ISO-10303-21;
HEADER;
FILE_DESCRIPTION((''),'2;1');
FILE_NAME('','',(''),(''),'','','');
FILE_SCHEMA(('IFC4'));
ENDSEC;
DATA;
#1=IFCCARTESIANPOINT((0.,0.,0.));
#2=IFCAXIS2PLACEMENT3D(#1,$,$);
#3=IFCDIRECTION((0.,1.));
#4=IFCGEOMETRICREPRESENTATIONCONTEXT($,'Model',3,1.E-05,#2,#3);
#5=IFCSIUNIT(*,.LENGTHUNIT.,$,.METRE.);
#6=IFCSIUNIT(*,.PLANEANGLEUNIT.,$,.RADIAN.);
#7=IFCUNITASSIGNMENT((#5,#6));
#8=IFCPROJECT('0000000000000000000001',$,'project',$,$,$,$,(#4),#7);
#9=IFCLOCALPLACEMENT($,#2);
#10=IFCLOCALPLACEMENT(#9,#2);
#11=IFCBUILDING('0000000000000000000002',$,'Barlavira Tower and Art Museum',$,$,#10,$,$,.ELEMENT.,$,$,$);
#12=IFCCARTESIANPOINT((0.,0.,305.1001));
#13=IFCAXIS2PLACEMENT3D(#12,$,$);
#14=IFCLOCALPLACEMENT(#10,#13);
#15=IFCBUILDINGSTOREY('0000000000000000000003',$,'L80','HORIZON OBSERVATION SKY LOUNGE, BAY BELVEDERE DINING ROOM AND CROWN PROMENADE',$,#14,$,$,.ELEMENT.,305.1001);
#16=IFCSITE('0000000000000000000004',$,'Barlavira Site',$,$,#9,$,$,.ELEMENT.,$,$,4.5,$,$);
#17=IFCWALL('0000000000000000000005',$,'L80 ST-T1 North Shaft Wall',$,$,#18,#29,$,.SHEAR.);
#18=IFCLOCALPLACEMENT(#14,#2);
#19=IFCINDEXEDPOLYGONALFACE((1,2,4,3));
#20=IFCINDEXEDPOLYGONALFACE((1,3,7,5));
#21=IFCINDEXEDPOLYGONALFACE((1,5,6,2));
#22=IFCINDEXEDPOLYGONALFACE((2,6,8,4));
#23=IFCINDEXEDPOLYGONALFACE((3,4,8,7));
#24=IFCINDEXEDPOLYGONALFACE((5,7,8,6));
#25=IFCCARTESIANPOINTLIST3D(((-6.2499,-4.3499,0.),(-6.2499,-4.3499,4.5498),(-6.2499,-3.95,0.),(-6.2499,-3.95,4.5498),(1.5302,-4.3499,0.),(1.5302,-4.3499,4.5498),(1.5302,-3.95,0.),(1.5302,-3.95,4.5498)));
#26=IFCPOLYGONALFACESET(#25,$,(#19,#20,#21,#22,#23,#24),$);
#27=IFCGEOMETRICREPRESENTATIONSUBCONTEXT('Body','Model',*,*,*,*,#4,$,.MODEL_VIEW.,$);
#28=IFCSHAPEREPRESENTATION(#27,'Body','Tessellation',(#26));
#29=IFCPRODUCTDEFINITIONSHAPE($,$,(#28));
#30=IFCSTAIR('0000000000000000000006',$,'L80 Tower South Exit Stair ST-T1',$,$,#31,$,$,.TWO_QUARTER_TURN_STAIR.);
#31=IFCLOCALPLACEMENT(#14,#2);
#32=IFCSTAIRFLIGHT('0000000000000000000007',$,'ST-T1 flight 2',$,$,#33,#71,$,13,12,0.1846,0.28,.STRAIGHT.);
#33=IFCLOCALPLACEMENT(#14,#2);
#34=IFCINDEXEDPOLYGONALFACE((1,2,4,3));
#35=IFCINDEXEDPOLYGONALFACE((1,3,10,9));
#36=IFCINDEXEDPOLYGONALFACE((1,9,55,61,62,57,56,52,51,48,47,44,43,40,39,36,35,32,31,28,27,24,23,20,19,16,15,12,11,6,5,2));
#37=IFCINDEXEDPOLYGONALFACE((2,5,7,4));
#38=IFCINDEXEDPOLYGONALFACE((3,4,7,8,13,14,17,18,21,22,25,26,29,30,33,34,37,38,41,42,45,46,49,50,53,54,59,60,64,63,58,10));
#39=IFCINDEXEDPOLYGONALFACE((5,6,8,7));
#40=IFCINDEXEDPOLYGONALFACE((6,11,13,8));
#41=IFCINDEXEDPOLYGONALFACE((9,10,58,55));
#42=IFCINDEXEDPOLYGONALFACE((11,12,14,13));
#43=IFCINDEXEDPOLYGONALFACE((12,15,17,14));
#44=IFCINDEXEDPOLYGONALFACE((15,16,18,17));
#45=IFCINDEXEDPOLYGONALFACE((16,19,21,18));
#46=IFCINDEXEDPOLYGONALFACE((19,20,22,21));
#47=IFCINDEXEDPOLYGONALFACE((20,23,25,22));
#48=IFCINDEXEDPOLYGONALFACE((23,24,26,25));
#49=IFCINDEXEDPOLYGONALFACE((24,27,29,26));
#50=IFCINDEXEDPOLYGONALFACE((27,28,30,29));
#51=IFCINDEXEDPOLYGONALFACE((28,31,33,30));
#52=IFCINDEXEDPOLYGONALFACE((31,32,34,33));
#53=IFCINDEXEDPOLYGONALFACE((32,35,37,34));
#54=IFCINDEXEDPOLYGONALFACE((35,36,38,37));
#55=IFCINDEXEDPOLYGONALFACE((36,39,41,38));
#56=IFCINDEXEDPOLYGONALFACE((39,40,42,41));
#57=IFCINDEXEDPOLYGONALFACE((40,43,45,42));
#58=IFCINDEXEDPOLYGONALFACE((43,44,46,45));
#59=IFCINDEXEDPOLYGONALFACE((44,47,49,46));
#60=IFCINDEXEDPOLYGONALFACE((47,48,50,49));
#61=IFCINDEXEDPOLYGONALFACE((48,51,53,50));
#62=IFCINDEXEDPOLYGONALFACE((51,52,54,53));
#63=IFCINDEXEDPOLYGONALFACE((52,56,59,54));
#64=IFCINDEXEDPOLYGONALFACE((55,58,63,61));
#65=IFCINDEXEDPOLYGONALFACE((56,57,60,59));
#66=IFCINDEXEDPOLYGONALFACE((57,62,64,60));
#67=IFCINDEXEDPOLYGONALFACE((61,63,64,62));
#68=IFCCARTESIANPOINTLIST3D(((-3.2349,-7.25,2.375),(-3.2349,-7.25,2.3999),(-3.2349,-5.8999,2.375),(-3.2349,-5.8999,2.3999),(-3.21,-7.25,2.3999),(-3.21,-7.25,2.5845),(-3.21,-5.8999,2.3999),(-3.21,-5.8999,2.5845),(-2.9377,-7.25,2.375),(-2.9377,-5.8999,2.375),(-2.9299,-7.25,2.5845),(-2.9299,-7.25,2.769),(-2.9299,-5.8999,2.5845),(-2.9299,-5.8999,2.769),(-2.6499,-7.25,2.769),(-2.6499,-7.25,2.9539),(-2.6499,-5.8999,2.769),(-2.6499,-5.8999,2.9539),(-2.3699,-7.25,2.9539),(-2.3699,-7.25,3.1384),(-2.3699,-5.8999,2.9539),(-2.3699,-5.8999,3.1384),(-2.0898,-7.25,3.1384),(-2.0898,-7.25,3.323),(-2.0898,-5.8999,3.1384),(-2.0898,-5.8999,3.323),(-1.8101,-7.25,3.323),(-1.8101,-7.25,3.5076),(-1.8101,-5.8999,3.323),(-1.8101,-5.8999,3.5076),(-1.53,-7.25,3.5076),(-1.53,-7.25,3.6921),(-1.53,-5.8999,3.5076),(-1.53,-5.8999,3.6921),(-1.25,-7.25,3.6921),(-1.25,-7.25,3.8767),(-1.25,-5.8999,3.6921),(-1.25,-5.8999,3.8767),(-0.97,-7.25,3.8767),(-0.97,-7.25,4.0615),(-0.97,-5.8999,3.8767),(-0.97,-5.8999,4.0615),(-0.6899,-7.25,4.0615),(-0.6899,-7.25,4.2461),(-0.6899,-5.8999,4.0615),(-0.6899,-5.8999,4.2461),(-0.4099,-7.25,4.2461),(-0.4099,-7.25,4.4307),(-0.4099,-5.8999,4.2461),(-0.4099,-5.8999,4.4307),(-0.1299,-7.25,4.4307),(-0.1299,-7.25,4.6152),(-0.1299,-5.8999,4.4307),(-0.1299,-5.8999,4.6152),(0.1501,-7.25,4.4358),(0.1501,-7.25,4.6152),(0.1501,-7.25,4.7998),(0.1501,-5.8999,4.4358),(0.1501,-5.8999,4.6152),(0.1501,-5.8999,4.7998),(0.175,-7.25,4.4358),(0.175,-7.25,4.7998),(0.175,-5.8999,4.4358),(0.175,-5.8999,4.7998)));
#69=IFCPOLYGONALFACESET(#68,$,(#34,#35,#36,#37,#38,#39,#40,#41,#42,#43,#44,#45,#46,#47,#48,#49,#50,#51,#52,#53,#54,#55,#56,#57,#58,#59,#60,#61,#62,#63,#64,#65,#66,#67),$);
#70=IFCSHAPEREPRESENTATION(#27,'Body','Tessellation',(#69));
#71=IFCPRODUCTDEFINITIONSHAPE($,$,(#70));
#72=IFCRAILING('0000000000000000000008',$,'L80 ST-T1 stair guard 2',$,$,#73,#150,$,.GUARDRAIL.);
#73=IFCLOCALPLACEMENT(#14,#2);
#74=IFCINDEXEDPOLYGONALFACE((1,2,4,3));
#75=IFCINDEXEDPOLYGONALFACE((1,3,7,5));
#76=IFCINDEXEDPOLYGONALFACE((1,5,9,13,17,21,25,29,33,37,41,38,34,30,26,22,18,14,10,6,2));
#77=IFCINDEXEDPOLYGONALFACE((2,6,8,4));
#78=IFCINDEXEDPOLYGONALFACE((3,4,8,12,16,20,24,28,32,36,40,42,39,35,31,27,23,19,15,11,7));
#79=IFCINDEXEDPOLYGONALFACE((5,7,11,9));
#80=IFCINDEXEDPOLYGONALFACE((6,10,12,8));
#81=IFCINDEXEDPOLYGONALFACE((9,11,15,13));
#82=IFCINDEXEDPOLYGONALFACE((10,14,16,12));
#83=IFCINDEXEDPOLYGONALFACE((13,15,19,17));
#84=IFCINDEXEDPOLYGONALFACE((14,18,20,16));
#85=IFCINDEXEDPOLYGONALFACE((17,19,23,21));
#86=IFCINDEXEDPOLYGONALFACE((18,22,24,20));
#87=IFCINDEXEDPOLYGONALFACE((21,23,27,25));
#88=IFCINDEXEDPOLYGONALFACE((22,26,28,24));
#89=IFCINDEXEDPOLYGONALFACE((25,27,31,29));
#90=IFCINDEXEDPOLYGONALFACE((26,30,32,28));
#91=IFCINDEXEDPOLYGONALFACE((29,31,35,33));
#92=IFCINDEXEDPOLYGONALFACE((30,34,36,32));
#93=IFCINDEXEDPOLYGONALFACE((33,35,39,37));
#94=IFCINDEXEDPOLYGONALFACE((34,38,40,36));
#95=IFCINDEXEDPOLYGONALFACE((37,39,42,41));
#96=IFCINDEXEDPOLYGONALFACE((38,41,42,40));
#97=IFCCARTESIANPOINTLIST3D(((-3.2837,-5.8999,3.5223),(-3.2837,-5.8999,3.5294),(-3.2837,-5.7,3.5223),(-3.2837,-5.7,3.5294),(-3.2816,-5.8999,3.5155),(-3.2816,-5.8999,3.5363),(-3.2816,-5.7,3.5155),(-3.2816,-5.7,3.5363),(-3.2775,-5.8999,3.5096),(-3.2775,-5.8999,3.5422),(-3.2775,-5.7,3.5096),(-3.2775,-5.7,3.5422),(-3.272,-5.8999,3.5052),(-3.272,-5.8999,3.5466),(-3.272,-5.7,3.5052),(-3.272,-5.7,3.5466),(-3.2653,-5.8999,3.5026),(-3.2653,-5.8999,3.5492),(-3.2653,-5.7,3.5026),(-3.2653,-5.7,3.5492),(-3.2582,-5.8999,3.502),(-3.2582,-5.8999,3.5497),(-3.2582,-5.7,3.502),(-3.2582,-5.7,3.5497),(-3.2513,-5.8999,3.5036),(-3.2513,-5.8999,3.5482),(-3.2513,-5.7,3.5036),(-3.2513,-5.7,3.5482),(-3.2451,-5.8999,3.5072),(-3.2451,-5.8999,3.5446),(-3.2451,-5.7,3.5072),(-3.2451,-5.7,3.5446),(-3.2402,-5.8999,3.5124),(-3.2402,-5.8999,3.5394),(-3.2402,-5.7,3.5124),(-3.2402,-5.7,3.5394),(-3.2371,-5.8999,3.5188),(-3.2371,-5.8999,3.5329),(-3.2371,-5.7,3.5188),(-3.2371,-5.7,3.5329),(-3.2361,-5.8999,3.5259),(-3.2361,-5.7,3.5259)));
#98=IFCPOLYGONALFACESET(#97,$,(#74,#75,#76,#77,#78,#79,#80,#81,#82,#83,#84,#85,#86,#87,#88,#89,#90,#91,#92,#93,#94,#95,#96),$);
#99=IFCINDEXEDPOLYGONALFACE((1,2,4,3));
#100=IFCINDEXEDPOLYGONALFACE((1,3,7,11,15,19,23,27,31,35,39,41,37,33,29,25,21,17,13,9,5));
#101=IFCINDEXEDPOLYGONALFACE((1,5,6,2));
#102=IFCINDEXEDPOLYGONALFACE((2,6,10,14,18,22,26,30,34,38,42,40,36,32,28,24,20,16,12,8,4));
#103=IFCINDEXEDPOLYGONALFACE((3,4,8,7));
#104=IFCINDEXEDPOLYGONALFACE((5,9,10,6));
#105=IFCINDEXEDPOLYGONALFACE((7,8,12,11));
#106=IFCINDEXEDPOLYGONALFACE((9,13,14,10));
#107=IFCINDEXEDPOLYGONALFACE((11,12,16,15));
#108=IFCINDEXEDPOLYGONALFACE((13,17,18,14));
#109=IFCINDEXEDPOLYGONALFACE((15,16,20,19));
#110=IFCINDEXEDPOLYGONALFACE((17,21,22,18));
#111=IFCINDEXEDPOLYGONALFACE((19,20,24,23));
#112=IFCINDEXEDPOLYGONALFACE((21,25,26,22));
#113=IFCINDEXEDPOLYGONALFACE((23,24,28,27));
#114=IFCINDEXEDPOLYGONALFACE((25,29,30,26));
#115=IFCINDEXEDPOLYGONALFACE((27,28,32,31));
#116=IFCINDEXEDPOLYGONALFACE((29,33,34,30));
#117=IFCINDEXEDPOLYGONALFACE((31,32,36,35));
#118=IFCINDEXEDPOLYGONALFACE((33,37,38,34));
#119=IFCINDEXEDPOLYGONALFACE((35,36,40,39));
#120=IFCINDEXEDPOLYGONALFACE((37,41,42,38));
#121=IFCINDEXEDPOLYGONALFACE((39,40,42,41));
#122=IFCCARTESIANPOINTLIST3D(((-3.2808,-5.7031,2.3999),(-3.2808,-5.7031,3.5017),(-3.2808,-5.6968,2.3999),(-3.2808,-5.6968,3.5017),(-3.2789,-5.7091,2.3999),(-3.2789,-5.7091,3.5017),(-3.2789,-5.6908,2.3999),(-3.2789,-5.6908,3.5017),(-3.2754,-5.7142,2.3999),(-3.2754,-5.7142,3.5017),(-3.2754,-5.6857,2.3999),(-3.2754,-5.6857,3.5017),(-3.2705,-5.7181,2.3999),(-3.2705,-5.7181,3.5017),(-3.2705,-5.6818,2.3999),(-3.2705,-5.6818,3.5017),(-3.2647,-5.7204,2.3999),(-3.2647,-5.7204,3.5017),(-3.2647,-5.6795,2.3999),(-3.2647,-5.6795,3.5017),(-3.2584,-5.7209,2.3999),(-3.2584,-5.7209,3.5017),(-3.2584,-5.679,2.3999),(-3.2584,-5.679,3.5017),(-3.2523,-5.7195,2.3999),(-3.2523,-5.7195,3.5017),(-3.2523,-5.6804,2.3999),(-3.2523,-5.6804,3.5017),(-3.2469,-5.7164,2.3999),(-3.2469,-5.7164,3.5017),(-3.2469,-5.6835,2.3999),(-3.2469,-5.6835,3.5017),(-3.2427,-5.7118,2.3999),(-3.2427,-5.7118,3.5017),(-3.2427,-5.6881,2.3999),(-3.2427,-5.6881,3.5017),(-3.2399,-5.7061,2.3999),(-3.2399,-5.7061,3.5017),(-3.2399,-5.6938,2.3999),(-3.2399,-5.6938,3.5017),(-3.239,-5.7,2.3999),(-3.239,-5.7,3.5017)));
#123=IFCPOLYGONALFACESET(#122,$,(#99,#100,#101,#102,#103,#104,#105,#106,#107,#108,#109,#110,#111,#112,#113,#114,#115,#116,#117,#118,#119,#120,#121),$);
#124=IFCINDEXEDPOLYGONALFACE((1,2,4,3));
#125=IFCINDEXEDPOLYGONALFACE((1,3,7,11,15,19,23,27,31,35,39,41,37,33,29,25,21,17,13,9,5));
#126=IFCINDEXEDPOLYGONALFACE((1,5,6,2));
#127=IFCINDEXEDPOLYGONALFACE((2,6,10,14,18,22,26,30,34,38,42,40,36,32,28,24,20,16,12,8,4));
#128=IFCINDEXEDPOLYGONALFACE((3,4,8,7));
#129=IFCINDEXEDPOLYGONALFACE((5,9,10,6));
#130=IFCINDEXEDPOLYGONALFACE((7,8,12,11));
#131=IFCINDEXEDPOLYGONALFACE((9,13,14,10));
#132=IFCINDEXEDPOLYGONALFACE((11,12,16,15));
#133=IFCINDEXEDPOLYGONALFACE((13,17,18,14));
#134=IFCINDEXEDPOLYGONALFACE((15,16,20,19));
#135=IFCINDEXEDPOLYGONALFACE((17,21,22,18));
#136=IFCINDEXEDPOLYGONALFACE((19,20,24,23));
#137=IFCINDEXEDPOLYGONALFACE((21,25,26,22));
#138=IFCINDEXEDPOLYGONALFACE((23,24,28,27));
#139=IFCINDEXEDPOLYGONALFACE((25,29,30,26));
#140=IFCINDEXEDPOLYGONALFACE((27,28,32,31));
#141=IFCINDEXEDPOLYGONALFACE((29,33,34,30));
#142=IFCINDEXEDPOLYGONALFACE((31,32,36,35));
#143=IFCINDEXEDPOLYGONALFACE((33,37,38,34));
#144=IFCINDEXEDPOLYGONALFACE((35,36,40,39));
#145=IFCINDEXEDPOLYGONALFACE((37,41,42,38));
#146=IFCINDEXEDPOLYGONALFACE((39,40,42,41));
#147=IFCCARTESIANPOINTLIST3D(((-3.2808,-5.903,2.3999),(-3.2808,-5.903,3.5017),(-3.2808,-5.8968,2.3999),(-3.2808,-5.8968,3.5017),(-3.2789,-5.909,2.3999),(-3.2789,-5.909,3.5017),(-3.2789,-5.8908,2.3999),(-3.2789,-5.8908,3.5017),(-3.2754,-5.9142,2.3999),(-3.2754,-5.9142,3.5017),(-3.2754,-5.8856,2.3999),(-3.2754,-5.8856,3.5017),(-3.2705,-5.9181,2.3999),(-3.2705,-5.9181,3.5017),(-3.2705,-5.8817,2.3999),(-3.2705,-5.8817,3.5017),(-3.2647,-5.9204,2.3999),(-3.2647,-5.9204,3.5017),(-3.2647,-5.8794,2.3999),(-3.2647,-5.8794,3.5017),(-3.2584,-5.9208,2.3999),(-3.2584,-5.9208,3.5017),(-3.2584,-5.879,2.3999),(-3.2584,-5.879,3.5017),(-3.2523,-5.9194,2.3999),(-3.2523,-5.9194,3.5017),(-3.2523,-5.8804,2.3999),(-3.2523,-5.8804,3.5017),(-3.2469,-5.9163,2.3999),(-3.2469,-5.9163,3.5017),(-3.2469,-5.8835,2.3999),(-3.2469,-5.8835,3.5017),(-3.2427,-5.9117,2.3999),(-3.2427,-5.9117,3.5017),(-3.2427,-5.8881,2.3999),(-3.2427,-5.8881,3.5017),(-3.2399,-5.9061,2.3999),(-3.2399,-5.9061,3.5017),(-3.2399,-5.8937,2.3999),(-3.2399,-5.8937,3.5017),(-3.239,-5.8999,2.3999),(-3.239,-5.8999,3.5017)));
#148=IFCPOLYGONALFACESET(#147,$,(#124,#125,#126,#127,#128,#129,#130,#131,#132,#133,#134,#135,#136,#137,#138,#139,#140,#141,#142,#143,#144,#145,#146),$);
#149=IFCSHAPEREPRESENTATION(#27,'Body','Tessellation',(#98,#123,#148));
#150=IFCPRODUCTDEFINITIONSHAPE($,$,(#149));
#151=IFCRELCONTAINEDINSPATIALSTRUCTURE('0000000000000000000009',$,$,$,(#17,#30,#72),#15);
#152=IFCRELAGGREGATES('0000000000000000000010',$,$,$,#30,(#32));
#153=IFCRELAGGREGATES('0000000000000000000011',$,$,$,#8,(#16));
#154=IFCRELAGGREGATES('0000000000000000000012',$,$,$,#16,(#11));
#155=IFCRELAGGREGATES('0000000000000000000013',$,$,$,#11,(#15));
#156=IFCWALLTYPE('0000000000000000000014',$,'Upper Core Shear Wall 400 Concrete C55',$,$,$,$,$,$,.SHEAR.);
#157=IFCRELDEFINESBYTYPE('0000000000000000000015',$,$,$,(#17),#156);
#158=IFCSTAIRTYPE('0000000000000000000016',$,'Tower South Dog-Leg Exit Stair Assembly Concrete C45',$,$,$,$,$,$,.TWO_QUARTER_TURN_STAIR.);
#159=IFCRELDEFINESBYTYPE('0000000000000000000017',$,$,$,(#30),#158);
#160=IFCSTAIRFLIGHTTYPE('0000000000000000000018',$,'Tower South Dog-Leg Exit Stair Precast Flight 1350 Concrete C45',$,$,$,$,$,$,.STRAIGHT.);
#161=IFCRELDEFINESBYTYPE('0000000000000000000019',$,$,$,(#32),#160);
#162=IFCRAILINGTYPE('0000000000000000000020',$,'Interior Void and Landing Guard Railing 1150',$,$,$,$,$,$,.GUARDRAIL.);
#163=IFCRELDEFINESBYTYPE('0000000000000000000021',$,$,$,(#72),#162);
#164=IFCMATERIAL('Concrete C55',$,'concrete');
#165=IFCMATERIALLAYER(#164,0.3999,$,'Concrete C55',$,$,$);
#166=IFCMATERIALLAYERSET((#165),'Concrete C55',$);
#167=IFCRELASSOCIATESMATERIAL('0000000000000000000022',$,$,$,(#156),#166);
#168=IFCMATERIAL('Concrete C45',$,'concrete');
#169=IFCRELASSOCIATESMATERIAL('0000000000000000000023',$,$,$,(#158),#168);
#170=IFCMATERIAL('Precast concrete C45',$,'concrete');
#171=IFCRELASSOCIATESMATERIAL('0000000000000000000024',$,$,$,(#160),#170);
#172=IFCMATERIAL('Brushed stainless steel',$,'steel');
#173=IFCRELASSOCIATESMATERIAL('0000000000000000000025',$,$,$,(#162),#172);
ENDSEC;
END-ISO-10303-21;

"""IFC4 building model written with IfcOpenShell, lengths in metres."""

from ifc_helpers import new_model, si_unit, direction, frame, frame_2d, origin, origin_2d, place, context, subcontext, project, spatial, polyline, rectangle, circle, outline, extrude, material, layer, layer_set, type_object, element, aggregate, save


model = new_model("IFC4")

# Units and contexts
model_context = context("Model", 3, precision=1e-05, world=origin(), true_north=direction((0.0, 1.0)))
body_context = subcontext(model_context, "Body", "Model", "MODEL_VIEW")
ifc_project = project(units=[si_unit("LENGTHUNIT", "METRE"), si_unit("PLANEANGLEUNIT", "RADIAN")], contexts=[model_context])

# Site, building, storey
site_placement = place(None, origin())
site = spatial("IfcSite", under=ifc_project, at=site_placement, Name="Barlavira Site", CompositionType="ELEMENT", RefElevation=4.5)
building_placement = place(site_placement, origin())
building = spatial("IfcBuilding", under=site, at=building_placement, Name="Barlavira Tower and Art Museum", CompositionType="ELEMENT")
storey_placement = place(building_placement, frame((0.0, 0.0, 305.1001)))
storey = spatial("IfcBuildingStorey", under=building, at=storey_placement, Name="L80", Description="HORIZON OBSERVATION SKY LOUNGE, BAY BELVEDERE DINING ROOM AND CROWN PROMENADE", CompositionType="ELEMENT", Elevation=305.1001)

# Shared definitions
ifc_material_1 = material(Name="Brushed stainless steel", Category="steel")

# Wall
ifc_material_2 = material(Name="Concrete C55", Category="concrete")
ifc_layer_1 = layer(ifc_material_2, 0.3999, Name="Concrete C55")
ifc_layer_set_1 = layer_set([ifc_layer_1], Name="Concrete C55")
wall_type_1 = type_object("IfcWallType", Name="Upper Core Shear Wall 400 Concrete C55", PredefinedType="SHEAR", material=ifc_layer_set_1)
wall_1_placement = place(storey_placement, frame((-6.25, -4.1499, 0.0), z_axis=(0.0, 0.0, 1.0), x_axis=(1.0, 0.0, 0.0)))
element("IfcWall", 1, at=wall_1_placement, inside=storey, type_object=wall_type_1, Name="L80 ST-T1 North Shaft Wall", PredefinedType="SHEAR", context=body_context, shape_type="SweptSolid", body=[
    extrude(rectangle(XDim=7.78, YDim=0.3999, at=frame_2d((3.8901, 0.0))), origin(), (0.0, 0.0, 1.0), 4.5498),
])

# Stair, stair flight
ifc_material_3 = material(Name="Concrete C45", Category="concrete")
stair_type = type_object("IfcStairType", Name="Tower South Dog-Leg Exit Stair Assembly Concrete C45", PredefinedType="TWO_QUARTER_TURN_STAIR", material=ifc_material_3)
stair_placement = place(storey_placement, origin())
stair = element("IfcStair", 2, at=stair_placement, inside=storey, type_object=stair_type, Name="L80 Tower South Exit Stair ST-T1", PredefinedType="TWO_QUARTER_TURN_STAIR")
ifc_material_4 = material(Name="Precast concrete C45", Category="concrete")
stair_flight_type = type_object("IfcStairFlightType", Name="Tower South Dog-Leg Exit Stair Precast Flight 1350 Concrete C45", PredefinedType="STRAIGHT", material=ifc_material_4)
stair_flight_placement = place(storey_placement, frame((-3.21, -6.575, 2.3999), z_axis=(0.0, 0.0, 1.0), x_axis=(1.0, 0.0, 0.0)))
stair_flight = element("IfcStairFlight", 3, at=stair_flight_placement, type_object=stair_flight_type, Name="ST-T1 flight 2", NumberOfRisers=13, NumberOfTreads=12, PredefinedType="STRAIGHT", RiserHeight=0.1846, TreadLength=0.28, context=body_context, shape_type="SweptSolid", body=[
    extrude(outline(polyline([(-0.0249, 0.0), (0.0, 0.0), (0.0, 0.1846), (0.28, 0.1846), (0.28, 0.3691), (0.5601, 0.3691), (0.5601, 0.554), (0.8401, 0.554), (0.8401, 0.7385), (1.1201, 0.7385), (1.1201, 0.9231), (1.3999, 0.9231), (1.3999, 1.1077), (1.6799, 1.1077), (1.6799, 1.2922), (1.96, 1.2922), (1.96, 1.4768), (2.24, 1.4768), (2.24, 1.6616), (2.52, 1.6616), (2.52, 1.8462), (2.8, 1.8462), (2.8, 2.0308), (3.0801, 2.0308), (3.0801, 2.2153), (3.3601, 2.2153), (3.3601, 2.3999), (3.385, 2.3999), (3.385, 2.0359), (3.3601, 2.0359), (0.2722, -0.0249), (-0.0249, -0.0249), (-0.0249, 0.0)])), frame((0.0, 0.675, 0.0), z_axis=(0.0, -1.0, 0.0), x_axis=(1.0, 0.0, 0.0)), (0.0, 0.0, 1.0), 1.3501),
])
aggregate(stair, [stair_flight])

# Railing
railing_type_1 = type_object("IfcRailingType", Name="Interior Void and Landing Guard Railing 1150", PredefinedType="GUARDRAIL", material=ifc_material_1)
railing_1_placement = place(storey_placement, frame((-3.26, -5.7, 2.3999)))
element("IfcRailing", 4, at=railing_1_placement, inside=storey, type_object=railing_type_1, Name="L80 ST-T1 stair guard 2", PredefinedType="GUARDRAIL", context=body_context, shape_type="SweptSolid", body=[
    extrude(circle(Radius=0.0239, at=origin_2d()), frame((0.0, 0.0, 1.126), z_axis=(0.0, -1.0, 0.0), x_axis=(1.0, 0.0, 0.0)), (0.0, 0.0, 1.0), 0.2),
    extrude(circle(Radius=0.021, at=origin_2d()), origin(), (0.0, 0.0, 1.0), 1.1018),
    extrude(circle(Radius=0.021, at=origin_2d()), frame((0.0, -0.2, 0.0)), (0.0, 0.0, 1.0), 1.1018),
])

save(model, "model.ifc")
